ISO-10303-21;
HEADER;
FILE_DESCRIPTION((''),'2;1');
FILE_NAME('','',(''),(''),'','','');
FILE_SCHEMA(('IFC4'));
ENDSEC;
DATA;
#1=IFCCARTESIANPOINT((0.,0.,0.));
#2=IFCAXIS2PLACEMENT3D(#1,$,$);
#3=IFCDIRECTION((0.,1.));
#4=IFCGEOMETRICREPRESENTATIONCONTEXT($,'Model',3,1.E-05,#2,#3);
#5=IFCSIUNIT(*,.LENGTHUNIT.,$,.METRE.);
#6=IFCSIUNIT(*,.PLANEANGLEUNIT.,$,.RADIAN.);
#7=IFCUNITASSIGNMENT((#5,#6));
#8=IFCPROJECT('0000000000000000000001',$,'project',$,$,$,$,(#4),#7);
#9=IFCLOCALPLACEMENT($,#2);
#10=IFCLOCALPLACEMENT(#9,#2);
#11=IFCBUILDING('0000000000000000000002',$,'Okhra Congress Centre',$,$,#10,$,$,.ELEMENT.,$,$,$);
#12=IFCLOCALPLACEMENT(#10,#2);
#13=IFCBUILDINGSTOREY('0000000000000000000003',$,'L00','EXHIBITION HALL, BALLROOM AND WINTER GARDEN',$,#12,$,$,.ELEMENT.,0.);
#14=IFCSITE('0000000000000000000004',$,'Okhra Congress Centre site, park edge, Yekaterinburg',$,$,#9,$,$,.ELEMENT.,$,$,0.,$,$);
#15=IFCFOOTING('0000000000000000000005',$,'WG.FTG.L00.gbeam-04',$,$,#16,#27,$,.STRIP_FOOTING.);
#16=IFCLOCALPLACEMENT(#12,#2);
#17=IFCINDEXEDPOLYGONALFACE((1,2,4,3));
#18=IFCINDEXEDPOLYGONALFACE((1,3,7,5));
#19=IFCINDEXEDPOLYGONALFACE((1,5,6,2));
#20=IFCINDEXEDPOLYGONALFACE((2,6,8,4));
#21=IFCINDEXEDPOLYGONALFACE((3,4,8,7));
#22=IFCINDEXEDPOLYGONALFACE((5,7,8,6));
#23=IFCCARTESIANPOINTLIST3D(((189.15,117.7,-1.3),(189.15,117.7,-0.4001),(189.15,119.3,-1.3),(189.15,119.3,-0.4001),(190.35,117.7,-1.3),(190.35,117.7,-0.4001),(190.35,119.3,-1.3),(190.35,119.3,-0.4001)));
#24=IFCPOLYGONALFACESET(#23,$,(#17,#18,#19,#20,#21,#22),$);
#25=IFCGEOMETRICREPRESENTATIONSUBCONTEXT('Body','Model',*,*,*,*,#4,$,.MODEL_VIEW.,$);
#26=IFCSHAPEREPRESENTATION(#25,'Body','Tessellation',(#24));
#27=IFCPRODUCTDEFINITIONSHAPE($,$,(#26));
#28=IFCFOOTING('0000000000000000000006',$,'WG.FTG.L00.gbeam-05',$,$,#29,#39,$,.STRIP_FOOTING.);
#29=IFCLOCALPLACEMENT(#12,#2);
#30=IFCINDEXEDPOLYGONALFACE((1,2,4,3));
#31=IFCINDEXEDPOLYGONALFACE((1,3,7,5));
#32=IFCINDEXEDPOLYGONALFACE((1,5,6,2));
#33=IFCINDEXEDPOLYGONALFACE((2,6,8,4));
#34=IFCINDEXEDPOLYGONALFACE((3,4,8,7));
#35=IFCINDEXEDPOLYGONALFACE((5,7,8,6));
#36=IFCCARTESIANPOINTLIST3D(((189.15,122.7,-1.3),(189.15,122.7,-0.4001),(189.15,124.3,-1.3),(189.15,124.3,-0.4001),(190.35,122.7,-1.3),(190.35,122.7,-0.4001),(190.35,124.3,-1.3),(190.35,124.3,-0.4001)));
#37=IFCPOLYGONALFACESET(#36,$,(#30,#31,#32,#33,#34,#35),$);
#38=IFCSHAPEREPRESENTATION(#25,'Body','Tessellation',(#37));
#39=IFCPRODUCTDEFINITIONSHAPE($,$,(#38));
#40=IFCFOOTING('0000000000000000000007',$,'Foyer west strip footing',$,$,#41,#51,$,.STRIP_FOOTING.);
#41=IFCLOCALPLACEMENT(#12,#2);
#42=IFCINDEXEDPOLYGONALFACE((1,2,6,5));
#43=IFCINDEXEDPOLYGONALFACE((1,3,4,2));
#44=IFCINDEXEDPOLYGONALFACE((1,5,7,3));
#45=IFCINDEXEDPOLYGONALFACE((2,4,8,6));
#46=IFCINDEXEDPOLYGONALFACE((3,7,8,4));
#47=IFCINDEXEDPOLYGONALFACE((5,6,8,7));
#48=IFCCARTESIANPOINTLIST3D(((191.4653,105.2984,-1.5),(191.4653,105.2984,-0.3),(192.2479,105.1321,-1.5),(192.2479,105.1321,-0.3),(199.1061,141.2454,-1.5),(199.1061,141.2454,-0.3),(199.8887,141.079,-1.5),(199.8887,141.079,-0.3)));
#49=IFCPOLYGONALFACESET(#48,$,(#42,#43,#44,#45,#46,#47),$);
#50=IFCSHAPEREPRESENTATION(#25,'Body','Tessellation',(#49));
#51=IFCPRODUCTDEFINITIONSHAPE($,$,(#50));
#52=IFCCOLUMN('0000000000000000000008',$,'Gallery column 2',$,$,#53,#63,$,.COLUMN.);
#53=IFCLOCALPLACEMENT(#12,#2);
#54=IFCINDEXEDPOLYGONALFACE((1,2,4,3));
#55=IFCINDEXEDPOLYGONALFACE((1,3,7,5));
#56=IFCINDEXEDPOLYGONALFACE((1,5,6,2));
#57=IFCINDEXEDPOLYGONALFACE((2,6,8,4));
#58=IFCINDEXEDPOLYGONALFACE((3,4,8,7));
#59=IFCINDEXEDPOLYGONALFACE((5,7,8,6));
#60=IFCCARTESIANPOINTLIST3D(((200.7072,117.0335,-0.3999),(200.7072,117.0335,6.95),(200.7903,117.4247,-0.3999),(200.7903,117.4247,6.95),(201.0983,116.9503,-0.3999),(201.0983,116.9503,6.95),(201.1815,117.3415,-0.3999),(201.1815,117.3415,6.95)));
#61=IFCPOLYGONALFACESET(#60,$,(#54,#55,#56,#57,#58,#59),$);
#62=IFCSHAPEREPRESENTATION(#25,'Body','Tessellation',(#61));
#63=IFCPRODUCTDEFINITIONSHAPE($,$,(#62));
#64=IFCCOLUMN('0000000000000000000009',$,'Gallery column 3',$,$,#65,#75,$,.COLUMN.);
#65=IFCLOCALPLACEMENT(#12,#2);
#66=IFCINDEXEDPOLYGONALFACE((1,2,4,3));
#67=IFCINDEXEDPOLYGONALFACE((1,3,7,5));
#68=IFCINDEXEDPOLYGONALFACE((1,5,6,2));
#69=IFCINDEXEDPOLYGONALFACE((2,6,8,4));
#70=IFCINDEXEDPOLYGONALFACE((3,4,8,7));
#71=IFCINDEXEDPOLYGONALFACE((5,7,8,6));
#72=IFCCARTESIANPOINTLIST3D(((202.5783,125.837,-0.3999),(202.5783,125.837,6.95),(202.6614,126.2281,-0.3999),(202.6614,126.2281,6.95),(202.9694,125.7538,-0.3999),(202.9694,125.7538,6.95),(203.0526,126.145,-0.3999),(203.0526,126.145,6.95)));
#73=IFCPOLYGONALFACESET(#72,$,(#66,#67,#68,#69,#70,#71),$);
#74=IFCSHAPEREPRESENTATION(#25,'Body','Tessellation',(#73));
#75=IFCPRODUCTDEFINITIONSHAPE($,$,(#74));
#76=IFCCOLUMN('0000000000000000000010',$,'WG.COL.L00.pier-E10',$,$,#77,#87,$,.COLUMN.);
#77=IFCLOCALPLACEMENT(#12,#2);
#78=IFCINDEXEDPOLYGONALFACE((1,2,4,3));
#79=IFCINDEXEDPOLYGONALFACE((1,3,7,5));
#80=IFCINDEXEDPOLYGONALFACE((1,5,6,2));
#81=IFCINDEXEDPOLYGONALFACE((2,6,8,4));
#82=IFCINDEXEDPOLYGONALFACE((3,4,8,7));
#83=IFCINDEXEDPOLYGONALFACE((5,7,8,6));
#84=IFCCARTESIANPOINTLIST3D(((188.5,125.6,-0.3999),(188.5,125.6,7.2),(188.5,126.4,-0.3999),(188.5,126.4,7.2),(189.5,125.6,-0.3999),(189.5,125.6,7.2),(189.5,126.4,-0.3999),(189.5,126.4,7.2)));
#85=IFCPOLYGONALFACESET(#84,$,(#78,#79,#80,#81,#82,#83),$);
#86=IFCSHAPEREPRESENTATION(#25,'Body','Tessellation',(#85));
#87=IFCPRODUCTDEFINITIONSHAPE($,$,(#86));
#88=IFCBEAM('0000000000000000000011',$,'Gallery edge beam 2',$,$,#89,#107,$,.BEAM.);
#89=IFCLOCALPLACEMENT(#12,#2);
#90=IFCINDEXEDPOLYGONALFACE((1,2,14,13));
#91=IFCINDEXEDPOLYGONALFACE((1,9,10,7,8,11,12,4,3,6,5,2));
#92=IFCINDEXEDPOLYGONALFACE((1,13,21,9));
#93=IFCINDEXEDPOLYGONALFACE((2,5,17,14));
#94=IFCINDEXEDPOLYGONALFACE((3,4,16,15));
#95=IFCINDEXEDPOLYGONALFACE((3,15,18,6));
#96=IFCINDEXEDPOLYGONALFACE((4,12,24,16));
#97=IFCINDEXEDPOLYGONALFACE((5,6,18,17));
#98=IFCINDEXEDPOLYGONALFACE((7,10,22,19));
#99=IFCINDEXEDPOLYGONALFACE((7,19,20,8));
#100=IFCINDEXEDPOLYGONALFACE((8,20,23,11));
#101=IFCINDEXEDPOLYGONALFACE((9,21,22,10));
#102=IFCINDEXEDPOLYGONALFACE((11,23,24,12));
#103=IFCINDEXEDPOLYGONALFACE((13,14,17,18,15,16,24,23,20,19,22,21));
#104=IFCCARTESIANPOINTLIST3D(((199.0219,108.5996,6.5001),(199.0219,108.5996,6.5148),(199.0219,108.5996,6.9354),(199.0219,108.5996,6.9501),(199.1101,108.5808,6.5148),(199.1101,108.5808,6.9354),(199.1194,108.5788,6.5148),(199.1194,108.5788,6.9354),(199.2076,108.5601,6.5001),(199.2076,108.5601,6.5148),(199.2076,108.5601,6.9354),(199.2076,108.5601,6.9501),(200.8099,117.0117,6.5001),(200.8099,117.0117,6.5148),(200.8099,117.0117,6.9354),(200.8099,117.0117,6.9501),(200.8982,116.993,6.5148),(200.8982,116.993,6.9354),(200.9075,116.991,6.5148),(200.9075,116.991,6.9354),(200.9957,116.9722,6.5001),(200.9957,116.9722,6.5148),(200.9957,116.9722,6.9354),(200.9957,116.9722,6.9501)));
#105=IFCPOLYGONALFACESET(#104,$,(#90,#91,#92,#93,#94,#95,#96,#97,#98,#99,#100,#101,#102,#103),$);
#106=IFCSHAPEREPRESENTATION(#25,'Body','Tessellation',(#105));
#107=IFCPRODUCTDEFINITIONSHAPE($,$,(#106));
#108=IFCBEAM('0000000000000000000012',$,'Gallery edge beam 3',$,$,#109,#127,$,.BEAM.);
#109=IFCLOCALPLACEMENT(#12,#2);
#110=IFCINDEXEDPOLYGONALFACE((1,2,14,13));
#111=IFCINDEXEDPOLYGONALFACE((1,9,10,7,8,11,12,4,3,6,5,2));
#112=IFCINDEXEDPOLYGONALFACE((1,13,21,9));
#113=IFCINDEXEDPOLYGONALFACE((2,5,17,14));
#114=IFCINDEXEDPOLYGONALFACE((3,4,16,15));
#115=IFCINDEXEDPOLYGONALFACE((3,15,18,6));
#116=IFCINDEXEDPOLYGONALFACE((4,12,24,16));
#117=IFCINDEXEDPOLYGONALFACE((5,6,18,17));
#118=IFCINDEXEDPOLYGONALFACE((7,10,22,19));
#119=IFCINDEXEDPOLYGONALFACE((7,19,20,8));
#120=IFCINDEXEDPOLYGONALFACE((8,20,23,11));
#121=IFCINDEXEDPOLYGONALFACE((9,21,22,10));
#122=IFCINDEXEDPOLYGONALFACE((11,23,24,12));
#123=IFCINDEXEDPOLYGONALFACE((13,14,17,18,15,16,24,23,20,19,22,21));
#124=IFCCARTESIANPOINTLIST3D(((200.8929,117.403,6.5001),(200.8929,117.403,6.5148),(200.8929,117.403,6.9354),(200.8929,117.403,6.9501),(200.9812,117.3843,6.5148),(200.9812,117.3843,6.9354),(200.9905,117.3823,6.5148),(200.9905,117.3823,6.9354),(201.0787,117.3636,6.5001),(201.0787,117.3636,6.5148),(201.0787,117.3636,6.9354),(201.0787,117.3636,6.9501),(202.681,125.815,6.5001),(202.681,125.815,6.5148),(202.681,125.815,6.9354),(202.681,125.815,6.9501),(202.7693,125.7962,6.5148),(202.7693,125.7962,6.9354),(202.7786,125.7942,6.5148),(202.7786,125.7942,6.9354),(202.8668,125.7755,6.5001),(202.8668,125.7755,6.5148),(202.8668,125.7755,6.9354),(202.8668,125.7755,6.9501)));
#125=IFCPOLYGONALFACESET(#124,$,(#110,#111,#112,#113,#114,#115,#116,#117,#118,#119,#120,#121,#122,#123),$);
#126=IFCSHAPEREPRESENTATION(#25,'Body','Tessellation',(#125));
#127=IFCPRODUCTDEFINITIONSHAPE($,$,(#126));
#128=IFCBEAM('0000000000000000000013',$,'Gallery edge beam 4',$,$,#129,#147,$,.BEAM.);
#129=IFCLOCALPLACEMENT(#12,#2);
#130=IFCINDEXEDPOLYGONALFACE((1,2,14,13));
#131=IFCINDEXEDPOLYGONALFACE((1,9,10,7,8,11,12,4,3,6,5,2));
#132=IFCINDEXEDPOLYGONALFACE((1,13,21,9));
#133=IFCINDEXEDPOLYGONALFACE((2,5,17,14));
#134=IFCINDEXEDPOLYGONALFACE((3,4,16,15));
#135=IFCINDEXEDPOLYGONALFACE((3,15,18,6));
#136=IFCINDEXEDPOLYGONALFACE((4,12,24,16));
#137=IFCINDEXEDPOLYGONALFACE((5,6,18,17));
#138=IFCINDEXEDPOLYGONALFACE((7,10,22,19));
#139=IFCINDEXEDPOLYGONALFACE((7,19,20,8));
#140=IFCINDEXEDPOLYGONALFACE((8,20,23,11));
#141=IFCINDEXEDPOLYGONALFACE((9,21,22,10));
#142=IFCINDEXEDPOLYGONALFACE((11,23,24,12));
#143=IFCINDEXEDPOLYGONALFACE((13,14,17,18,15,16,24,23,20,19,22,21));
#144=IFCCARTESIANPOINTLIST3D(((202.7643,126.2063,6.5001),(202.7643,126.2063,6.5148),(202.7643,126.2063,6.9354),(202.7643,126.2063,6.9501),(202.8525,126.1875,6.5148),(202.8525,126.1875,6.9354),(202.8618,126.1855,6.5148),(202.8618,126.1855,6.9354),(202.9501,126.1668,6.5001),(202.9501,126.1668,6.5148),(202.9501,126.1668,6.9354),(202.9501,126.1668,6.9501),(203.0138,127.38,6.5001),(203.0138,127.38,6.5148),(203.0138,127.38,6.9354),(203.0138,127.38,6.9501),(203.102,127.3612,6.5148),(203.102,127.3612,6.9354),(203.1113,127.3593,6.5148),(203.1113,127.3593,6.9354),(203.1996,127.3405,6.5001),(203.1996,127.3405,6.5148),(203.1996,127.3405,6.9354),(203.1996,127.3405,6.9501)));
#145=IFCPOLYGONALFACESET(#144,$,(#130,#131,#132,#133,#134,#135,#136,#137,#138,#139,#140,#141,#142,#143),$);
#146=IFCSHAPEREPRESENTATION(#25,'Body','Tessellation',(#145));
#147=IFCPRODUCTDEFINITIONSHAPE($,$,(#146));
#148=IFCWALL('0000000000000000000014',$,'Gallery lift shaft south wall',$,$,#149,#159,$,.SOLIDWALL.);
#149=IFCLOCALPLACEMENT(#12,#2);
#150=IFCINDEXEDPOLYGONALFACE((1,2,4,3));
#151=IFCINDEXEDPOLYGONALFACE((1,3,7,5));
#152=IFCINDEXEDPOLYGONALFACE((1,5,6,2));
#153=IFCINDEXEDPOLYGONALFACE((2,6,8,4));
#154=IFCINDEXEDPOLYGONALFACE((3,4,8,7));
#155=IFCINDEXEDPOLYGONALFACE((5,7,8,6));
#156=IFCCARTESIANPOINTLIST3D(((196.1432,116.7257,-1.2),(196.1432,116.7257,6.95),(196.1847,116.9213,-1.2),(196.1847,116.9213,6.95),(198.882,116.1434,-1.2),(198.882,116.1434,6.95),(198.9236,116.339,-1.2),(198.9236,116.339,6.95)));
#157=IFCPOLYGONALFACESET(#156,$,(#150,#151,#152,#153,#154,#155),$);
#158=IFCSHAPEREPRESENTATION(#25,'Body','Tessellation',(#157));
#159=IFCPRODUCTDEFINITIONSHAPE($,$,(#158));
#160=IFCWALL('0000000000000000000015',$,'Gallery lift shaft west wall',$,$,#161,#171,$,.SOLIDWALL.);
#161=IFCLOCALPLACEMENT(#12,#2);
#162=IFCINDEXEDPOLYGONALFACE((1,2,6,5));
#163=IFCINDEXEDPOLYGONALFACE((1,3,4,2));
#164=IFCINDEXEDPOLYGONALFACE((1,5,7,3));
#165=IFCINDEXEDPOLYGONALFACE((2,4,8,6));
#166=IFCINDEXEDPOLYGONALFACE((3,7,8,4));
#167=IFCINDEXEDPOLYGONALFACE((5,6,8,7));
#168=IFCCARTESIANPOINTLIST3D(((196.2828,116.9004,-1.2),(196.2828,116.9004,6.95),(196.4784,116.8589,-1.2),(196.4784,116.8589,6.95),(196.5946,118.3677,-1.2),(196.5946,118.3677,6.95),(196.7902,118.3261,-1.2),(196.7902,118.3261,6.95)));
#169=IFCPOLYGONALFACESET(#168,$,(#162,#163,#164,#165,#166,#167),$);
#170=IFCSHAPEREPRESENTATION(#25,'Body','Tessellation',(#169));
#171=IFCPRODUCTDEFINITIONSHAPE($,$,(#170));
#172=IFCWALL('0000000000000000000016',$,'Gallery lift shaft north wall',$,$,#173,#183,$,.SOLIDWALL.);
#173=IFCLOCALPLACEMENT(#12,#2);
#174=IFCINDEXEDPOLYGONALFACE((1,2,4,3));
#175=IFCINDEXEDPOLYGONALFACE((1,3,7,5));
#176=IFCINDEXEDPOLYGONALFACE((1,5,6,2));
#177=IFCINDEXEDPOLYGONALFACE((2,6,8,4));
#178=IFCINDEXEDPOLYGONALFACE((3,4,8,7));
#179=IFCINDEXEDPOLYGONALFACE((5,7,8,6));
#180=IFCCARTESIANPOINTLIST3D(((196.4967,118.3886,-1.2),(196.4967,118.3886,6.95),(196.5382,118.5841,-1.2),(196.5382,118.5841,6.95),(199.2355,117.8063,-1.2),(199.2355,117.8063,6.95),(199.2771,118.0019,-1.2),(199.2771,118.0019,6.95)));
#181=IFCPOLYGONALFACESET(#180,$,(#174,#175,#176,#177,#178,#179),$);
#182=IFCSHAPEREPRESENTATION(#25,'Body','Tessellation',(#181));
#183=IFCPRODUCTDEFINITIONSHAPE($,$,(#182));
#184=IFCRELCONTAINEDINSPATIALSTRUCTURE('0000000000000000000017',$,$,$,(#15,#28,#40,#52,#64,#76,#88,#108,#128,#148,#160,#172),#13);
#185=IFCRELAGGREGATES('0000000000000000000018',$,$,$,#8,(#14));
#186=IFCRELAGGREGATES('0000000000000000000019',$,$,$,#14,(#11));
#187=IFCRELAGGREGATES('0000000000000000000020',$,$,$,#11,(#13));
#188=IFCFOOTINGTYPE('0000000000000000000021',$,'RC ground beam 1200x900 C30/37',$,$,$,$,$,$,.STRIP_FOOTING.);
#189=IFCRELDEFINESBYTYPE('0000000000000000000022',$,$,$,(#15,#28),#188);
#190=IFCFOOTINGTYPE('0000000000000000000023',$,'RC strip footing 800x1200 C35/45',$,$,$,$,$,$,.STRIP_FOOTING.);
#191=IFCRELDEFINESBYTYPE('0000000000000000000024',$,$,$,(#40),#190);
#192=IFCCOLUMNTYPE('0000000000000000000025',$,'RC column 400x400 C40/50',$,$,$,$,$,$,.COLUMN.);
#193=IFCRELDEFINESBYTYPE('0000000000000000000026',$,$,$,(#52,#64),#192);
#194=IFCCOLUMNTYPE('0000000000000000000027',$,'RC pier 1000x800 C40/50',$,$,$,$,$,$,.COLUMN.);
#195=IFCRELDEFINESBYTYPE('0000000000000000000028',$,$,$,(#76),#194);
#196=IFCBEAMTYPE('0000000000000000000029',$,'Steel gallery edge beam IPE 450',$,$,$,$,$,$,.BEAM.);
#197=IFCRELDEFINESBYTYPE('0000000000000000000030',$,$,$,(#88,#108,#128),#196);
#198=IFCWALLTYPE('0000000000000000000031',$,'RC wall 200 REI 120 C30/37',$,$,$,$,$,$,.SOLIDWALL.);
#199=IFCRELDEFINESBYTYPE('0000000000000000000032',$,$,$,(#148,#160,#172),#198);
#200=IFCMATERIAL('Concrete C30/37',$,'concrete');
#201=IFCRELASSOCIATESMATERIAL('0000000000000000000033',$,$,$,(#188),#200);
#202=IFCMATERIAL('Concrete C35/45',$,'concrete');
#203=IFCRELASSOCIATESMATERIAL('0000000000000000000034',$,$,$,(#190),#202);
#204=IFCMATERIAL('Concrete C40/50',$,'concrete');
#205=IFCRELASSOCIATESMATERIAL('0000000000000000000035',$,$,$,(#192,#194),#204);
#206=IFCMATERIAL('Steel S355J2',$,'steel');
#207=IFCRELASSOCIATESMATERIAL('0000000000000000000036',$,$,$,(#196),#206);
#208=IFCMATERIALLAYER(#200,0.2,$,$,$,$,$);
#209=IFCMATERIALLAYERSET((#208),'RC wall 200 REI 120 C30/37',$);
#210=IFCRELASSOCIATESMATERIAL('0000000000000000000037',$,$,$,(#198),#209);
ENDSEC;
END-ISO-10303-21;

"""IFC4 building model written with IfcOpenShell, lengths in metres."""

from ifc_helpers import new_model, si_unit, direction, frame, frame_2d, origin, origin_2d, place, context, subcontext, project, spatial, rectangle, i_section, extrude, material, layer, layer_set, material_profile, profile_set, type_object, element, save


model = new_model("IFC4")

# Units and contexts
model_context = context("Model", 3, precision=1e-05, world=origin(), true_north=direction((0.0, 1.0)))
body_context = subcontext(model_context, "Body", "Model", "MODEL_VIEW")
ifc_project = project(units=[si_unit("LENGTHUNIT", "METRE"), si_unit("PLANEANGLEUNIT", "RADIAN")], contexts=[model_context])

# Site, building, storey
site_placement = place(None, origin())
site = spatial("IfcSite", under=ifc_project, at=site_placement, Name="Okhra Congress Centre site, park edge, Yekaterinburg", CompositionType="ELEMENT", RefElevation=0.0)
building_placement = place(site_placement, origin())
building = spatial("IfcBuilding", under=site, at=building_placement, Name="Okhra Congress Centre", CompositionType="ELEMENT")
storey_placement = place(building_placement, origin())
storey = spatial("IfcBuildingStorey", under=building, at=storey_placement, Name="L00", Description="EXHIBITION HALL, BALLROOM AND WINTER GARDEN", CompositionType="ELEMENT", Elevation=0.0)

# Shared definitions
ifc_material_1 = material(Name="Concrete C30/37", Category="concrete")

# Footings
footing_type_1 = type_object("IfcFootingType", Name="RC ground beam 1200x900 C30/37", PredefinedType="STRIP_FOOTING", material=ifc_material_1)
for number, where, z_axis, x_axis, name in (
    (1, (189.75, 118.5, -1.3), (0.0, 0.0, 1.0), (1.0, 0.0, 0.0), "WG.FTG.L00.gbeam-04"),
    (2, (189.75, 123.5, -1.3), (0.0, 0.0, 1.0), (1.0, 0.0, 0.0), "WG.FTG.L00.gbeam-05"),
):
    element("IfcFooting", number, at=place(storey_placement, frame(where, z_axis=z_axis, x_axis=x_axis)), inside=storey, type_object=footing_type_1, Name=name, PredefinedType="STRIP_FOOTING", context=body_context, shape_type="SweptSolid", body=[
        extrude(rectangle(XDim=1.2, YDim=1.6001, at=origin_2d()), origin(), (0.0, 0.0, 1.0), 0.8999),
    ])
ifc_material_2 = material(Name="Concrete C35/45", Category="concrete")
footing_type_2 = type_object("IfcFootingType", Name="RC strip footing 800x1200 C35/45", PredefinedType="STRIP_FOOTING", material=ifc_material_2)
footing_1_placement = place(storey_placement, frame((195.677, 123.1887, -1.5), z_axis=(0.0, 0.0, 1.0), x_axis=(0.978148, -0.207912, 0.0)))
element("IfcFooting", 3, at=footing_1_placement, inside=storey, type_object=footing_type_2, Name="Foyer west strip footing", PredefinedType="STRIP_FOOTING", context=body_context, shape_type="SweptSolid", body=[
    extrude(rectangle(XDim=0.8, YDim=36.75, at=origin_2d()), origin(), (0.0, 0.0, 1.0), 1.2),
])

# Columns
ifc_material_3 = material(Name="Concrete C40/50", Category="concrete")
ifc_material_profile_1 = material_profile(ifc_material_3, rectangle(XDim=0.3999, YDim=0.3999, at=origin_2d()), Name="RC 400x400")
ifc_profile_set_1 = profile_set([ifc_material_profile_1], Name="Concrete C40/50")
column_type_1 = type_object("IfcColumnType", Name="RC column 400x400 C40/50", PredefinedType="COLUMN", material=ifc_profile_set_1)
for number, where, z_axis, x_axis, name in (
    (4, (200.9443, 117.1875, -0.3999), (0.0, 0.0, 1.0), (0.978148, -0.207912, 0.0), "Gallery column 2"),
    (5, (202.8154, 125.991, -0.3999), (0.0, 0.0, 1.0), (0.978148, -0.207912, 0.0), "Gallery column 3"),
):
    element("IfcColumn", number, at=place(storey_placement, frame(where, z_axis=z_axis, x_axis=x_axis)), inside=storey, type_object=column_type_1, Name=name, PredefinedType="COLUMN", context=body_context, shape_type="SweptSolid", body=[
        extrude(rectangle(XDim=0.3999, YDim=0.3999, at=origin_2d()), origin(), (0.0, 0.0, 1.0), 7.3499),
    ])
ifc_material_profile_2 = material_profile(ifc_material_3, rectangle(XDim=1.0, YDim=0.8, at=origin_2d()), Name="RC 1000x800")
ifc_profile_set_2 = profile_set([ifc_material_profile_2], Name="Concrete C40/50")
column_type_2 = type_object("IfcColumnType", Name="RC pier 1000x800 C40/50", PredefinedType="COLUMN", material=ifc_profile_set_2)
column_placement = place(storey_placement, frame((189.0, 126.0, -0.3999), z_axis=(0.0, 0.0, 1.0), x_axis=(1.0, 0.0, 0.0)))
element("IfcColumn", 6, at=column_placement, inside=storey, type_object=column_type_2, Name="WG.COL.L00.pier-E10", PredefinedType="COLUMN", context=body_context, shape_type="SweptSolid", body=[
    extrude(rectangle(XDim=1.0, YDim=0.8, at=origin_2d()), origin(), (0.0, 0.0, 1.0), 7.5999),
])

# Beams
ifc_material_4 = material(Name="Steel S355J2", Category="steel")
ifc_material_profile_3 = material_profile(ifc_material_4, i_section(OverallWidth=0.1899, OverallDepth=0.45, WebThickness=0.0095, FlangeThickness=0.0146, at=origin_2d()), Name="IPE 450")
ifc_profile_set_3 = profile_set([ifc_material_profile_3], Name="Steel S355J2")
beam_type = type_object("IfcBeamType", Name="Steel gallery edge beam IPE 450", PredefinedType="BEAM", material=ifc_profile_set_3)
beam_1_placement = place(storey_placement, frame((199.1147, 108.5798, 6.7251), z_axis=(0.207916, 0.978147, 0.0), x_axis=(-0.978147, 0.207916, 0.0)))
element("IfcBeam", 7, at=beam_1_placement, inside=storey, type_object=beam_type, Name="Gallery edge beam 2", PredefinedType="BEAM", context=body_context, shape_type="SweptSolid", body=[
    extrude(i_section(OverallWidth=0.1899, OverallDepth=0.45, WebThickness=0.0095, FlangeThickness=0.0146, at=origin_2d()), origin(), (0.0, 0.0, 1.0), 8.6001),
])
beam_2_placement = place(storey_placement, frame((200.9858, 117.3833, 6.7251), z_axis=(0.207922, 0.978146, 0.0), x_axis=(-0.978146, 0.207922, 0.0)))
element("IfcBeam", 8, at=beam_2_placement, inside=storey, type_object=beam_type, Name="Gallery edge beam 3", PredefinedType="BEAM", context=body_context, shape_type="SweptSolid", body=[
    extrude(i_section(OverallWidth=0.1899, OverallDepth=0.45, WebThickness=0.0095, FlangeThickness=0.0146, at=origin_2d()), origin(), (0.0, 0.0, 1.0), 8.5999),
])
beam_3_placement = place(storey_placement, frame((202.8572, 126.1865, 6.7251), z_axis=(0.207917, 0.978146, 0.0), x_axis=(-0.978146, 0.207917, 0.0)))
element("IfcBeam", 9, at=beam_3_placement, inside=storey, type_object=beam_type, Name="Gallery edge beam 4", PredefinedType="BEAM", context=body_context, shape_type="SweptSolid", body=[
    extrude(i_section(OverallWidth=0.1899, OverallDepth=0.45, WebThickness=0.0095, FlangeThickness=0.0146, at=origin_2d()), origin(), (0.0, 0.0, 1.0), 1.2),
])

# Walls
ifc_layer = layer(ifc_material_1, 0.2)
ifc_layer_set = layer_set([ifc_layer], Name="RC wall 200 REI 120 C30/37")
wall_type = type_object("IfcWallType", Name="RC wall 200 REI 120 C30/37", PredefinedType="SOLIDWALL", material=ifc_layer_set)
wall_1_placement = place(storey_placement, frame((196.1641, 116.8235, -1.2), z_axis=(0.0, 0.0, 1.0), x_axis=(0.978138, -0.207957, 0.0)))
element("IfcWall", 10, at=wall_1_placement, inside=storey, type_object=wall_type, Name="Gallery lift shaft south wall", PredefinedType="SOLIDWALL", context=body_context, shape_type="SweptSolid", body=[
    extrude(rectangle(XDim=2.8, YDim=0.2, at=frame_2d((1.3999, 0.0))), origin(), (0.0, 0.0, 1.0), 8.1499),
])
wall_2_placement = place(storey_placement, frame((196.3806, 116.8796, -1.2), z_axis=(0.0, 0.0, 1.0), x_axis=(0.207839, 0.978163, 0.0)))
element("IfcWall", 11, at=wall_2_placement, inside=storey, type_object=wall_type, Name="Gallery lift shaft west wall", PredefinedType="SOLIDWALL", context=body_context, shape_type="SweptSolid", body=[
    extrude(rectangle(XDim=1.5, YDim=0.2, at=frame_2d((0.75, 0.0))), origin(), (0.0, 0.0, 1.0), 8.1499),
])
wall_3_placement = place(storey_placement, frame((196.5176, 118.4863, -1.2), z_axis=(0.0, 0.0, 1.0), x_axis=(0.978138, -0.207957, 0.0)))
element("IfcWall", 12, at=wall_3_placement, inside=storey, type_object=wall_type, Name="Gallery lift shaft north wall", PredefinedType="SOLIDWALL", context=body_context, shape_type="SweptSolid", body=[
    extrude(rectangle(XDim=2.8, YDim=0.2, at=frame_2d((1.3999, 0.0))), origin(), (0.0, 0.0, 1.0), 8.1499),
])

save(model, "model.ifc")
